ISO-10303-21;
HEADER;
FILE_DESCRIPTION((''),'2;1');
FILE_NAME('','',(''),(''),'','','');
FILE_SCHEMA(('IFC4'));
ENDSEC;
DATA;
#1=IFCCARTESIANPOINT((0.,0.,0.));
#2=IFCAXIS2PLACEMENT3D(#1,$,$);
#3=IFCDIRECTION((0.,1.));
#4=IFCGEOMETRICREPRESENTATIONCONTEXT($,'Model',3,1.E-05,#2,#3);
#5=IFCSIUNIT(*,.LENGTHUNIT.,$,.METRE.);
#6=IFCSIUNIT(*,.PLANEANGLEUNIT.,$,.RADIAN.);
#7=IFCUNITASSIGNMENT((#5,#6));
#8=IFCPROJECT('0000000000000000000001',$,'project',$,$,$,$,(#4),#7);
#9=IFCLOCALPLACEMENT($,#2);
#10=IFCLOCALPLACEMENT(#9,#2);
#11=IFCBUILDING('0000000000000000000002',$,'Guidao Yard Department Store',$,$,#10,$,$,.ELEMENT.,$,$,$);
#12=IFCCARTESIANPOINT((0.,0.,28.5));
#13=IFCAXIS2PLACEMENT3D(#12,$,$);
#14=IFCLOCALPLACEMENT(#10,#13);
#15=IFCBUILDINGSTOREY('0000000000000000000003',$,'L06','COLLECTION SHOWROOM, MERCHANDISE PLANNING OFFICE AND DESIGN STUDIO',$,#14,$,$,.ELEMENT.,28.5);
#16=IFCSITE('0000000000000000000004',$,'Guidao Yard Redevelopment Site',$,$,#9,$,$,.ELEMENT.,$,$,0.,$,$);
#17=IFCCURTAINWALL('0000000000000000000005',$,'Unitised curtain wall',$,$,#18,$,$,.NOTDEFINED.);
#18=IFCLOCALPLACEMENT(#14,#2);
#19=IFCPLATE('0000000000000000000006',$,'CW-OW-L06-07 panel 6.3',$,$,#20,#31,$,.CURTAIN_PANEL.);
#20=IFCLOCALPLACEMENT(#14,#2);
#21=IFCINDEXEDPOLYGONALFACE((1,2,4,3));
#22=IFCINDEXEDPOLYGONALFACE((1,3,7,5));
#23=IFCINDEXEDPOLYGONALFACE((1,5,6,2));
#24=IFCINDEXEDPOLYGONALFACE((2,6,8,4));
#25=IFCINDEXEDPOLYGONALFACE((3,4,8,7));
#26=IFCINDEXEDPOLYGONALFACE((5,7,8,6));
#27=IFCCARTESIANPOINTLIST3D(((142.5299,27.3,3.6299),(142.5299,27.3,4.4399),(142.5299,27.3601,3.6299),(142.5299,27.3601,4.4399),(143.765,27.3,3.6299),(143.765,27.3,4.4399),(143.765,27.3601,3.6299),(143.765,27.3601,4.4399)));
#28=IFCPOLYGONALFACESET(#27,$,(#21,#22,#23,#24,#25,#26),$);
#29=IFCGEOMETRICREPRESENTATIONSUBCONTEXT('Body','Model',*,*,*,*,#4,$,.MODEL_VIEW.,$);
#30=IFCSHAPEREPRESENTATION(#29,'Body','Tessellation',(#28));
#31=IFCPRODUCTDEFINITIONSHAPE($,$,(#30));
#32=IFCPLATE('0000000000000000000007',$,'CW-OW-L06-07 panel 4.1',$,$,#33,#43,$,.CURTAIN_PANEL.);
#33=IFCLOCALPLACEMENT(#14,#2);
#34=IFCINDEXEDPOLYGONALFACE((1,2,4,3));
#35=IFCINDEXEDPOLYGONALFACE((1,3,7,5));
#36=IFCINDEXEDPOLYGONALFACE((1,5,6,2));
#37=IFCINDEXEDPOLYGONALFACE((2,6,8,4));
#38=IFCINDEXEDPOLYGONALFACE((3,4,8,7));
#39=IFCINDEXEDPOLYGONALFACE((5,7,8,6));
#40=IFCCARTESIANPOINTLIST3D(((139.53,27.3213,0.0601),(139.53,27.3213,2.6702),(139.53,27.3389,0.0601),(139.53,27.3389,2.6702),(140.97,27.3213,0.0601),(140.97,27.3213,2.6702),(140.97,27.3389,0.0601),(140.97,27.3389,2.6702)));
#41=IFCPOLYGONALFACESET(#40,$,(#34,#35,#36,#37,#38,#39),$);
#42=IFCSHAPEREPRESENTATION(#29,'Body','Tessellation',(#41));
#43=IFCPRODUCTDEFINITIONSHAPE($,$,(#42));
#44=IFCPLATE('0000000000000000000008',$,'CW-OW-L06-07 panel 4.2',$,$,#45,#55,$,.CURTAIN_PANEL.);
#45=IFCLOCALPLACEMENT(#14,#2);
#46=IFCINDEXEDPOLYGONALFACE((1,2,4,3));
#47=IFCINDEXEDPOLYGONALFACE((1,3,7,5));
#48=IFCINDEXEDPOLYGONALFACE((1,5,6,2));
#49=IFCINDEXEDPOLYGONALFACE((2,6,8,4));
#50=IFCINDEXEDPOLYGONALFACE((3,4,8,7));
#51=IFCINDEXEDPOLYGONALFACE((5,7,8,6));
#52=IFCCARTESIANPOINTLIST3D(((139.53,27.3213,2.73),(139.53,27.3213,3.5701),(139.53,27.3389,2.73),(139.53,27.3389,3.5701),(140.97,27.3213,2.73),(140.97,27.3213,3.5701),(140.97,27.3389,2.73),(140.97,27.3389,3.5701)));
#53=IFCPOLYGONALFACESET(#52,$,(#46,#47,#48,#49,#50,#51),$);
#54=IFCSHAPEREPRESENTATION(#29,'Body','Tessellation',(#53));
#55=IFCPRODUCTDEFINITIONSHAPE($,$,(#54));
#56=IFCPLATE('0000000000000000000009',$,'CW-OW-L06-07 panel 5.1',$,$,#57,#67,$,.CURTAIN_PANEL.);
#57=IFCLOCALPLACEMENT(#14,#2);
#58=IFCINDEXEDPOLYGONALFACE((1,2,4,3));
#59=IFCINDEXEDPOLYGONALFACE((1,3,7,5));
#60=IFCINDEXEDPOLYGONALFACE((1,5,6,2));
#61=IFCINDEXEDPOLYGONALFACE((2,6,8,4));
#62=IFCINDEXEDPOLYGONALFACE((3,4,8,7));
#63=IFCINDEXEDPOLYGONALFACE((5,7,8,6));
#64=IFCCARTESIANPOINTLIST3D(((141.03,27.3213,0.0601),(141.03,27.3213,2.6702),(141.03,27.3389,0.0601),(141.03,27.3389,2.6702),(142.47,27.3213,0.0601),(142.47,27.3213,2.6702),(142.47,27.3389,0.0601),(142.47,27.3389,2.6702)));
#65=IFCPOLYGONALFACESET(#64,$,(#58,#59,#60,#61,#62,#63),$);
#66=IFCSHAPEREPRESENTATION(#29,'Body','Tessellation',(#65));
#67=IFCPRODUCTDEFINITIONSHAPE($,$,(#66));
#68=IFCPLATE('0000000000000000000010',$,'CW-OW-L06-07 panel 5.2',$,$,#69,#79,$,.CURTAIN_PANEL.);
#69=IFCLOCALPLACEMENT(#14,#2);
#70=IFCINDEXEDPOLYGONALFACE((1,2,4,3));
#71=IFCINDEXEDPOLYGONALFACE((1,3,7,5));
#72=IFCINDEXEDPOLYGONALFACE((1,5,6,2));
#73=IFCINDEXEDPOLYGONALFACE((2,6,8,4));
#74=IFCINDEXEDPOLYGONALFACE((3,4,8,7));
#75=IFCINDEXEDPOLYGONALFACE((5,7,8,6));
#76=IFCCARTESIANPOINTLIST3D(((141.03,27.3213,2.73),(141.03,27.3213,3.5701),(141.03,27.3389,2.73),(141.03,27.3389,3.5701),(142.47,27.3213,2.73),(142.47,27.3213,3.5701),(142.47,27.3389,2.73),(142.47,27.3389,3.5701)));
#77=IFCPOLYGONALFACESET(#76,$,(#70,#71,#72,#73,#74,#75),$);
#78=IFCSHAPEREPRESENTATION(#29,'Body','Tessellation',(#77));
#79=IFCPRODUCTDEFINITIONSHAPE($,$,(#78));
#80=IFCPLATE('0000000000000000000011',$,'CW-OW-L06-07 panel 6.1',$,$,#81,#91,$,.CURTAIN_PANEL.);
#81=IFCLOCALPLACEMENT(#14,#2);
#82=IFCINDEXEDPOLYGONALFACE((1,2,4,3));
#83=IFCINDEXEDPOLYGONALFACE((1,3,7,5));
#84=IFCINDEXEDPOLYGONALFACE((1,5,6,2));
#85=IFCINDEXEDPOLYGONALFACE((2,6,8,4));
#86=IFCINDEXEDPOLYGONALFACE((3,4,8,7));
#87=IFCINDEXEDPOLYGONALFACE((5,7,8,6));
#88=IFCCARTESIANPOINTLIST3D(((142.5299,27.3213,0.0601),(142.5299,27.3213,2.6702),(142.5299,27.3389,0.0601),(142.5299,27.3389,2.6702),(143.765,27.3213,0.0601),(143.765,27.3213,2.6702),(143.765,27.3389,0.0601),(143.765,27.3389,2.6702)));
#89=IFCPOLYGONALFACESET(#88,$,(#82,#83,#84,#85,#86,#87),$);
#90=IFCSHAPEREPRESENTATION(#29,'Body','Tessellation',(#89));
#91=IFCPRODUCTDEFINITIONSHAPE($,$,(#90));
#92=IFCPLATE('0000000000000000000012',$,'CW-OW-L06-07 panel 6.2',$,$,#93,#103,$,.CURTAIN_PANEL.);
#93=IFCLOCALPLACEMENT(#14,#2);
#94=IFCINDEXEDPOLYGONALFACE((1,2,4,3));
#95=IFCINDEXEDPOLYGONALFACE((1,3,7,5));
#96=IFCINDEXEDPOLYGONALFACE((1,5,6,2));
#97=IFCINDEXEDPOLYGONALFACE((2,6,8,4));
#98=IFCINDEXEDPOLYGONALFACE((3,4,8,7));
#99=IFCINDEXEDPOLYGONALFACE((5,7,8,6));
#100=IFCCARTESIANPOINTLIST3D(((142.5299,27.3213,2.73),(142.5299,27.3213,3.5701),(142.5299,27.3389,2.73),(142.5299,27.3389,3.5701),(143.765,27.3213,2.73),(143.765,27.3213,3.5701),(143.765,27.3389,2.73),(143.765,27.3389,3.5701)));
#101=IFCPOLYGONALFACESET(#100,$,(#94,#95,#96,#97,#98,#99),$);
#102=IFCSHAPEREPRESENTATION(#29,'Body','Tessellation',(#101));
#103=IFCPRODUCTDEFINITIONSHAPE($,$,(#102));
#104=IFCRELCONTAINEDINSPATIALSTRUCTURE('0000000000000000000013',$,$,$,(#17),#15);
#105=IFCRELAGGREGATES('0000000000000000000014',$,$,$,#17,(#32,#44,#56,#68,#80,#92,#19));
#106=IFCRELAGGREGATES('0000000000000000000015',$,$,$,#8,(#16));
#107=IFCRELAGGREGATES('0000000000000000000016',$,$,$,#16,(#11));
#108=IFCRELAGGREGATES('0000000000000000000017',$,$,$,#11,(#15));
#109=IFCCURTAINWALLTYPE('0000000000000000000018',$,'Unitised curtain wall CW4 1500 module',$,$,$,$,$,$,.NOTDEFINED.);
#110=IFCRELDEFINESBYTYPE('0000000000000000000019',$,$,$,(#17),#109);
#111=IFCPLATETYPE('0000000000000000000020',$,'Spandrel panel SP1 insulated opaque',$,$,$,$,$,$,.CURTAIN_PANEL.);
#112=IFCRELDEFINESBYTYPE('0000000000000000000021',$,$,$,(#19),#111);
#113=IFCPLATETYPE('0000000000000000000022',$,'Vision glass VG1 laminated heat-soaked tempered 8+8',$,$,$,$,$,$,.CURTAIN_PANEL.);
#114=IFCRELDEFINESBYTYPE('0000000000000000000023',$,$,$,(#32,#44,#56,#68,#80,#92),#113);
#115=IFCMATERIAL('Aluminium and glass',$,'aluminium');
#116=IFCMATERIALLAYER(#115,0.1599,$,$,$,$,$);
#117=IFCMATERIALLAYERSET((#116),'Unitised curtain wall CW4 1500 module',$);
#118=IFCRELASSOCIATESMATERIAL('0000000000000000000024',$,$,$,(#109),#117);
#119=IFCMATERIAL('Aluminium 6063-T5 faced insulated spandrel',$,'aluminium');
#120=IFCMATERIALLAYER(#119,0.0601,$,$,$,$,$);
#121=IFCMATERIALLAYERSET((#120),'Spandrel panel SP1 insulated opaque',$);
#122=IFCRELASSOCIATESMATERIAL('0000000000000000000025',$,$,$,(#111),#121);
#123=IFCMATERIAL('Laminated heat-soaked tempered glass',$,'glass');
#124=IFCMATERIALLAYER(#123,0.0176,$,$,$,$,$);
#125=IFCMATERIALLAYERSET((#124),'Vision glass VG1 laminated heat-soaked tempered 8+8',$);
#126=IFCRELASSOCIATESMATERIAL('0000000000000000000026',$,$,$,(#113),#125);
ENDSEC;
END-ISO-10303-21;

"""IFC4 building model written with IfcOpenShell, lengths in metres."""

from ifc_helpers import new_model, si_unit, direction, frame, origin, origin_2d, place, context, subcontext, project, spatial, rectangle, extrude, material, layer, layer_set, type_object, element, aggregate, save


model = new_model("IFC4")

# Units and contexts
model_context = context("Model", 3, precision=1e-05, world=origin(), true_north=direction((0.0, 1.0)))
body_context = subcontext(model_context, "Body", "Model", "MODEL_VIEW")
ifc_project = project(units=[si_unit("LENGTHUNIT", "METRE"), si_unit("PLANEANGLEUNIT", "RADIAN")], contexts=[model_context])

# Site, building, storey
site_placement = place(None, origin())
site = spatial("IfcSite", under=ifc_project, at=site_placement, Name="Guidao Yard Redevelopment Site", CompositionType="ELEMENT", RefElevation=0.0)
building_placement = place(site_placement, origin())
building = spatial("IfcBuilding", under=site, at=building_placement, Name="Guidao Yard Department Store", CompositionType="ELEMENT")
storey_placement = place(building_placement, frame((0.0, 0.0, 28.5)))
storey = spatial("IfcBuildingStorey", under=building, at=storey_placement, Name="L06", Description="COLLECTION SHOWROOM, MERCHANDISE PLANNING OFFICE AND DESIGN STUDIO", CompositionType="ELEMENT", Elevation=28.5)

# Curtain wall, plates
ifc_material_1 = material(Name="Aluminium and glass", Category="aluminium")
ifc_layer_1 = layer(ifc_material_1, 0.1599)
ifc_layer_set_1 = layer_set([ifc_layer_1], Name="Unitised curtain wall CW4 1500 module")
curtain_wall_type = type_object("IfcCurtainWallType", Name="Unitised curtain wall CW4 1500 module", PredefinedType="NOTDEFINED", material=ifc_layer_set_1)
curtain_wall_placement = place(storey_placement, origin())
curtain_wall = element("IfcCurtainWall", 1, at=curtain_wall_placement, inside=storey, type_object=curtain_wall_type, Name="Unitised curtain wall", PredefinedType="NOTDEFINED")
ifc_material_2 = material(Name="Aluminium 6063-T5 faced insulated spandrel", Category="aluminium")
ifc_layer_2 = layer(ifc_material_2, 0.0601)
ifc_layer_set_2 = layer_set([ifc_layer_2], Name="Spandrel panel SP1 insulated opaque")
plate_type_1 = type_object("IfcPlateType", Name="Spandrel panel SP1 insulated opaque", PredefinedType="CURTAIN_PANEL", material=ifc_layer_set_2)
plate_1_placement = place(storey_placement, frame((143.1475, 27.3301, 3.6299), z_axis=(0.0, 0.0, 1.0), x_axis=(1.0, 0.0, 0.0)))
plate_1 = element("IfcPlate", 2, at=plate_1_placement, type_object=plate_type_1, Name="CW-OW-L06-07 panel 6.3", PredefinedType="CURTAIN_PANEL", context=body_context, shape_type="SweptSolid", body=[
    extrude(rectangle(XDim=1.2351, YDim=0.0601, at=origin_2d()), origin(), (0.0, 0.0, 1.0), 0.8101),
])
ifc_material_3 = material(Name="Laminated heat-soaked tempered glass", Category="glass")
ifc_layer_3 = layer(ifc_material_3, 0.0176)
ifc_layer_set_3 = layer_set([ifc_layer_3], Name="Vision glass VG1 laminated heat-soaked tempered 8+8")
plate_type_2 = type_object("IfcPlateType", Name="Vision glass VG1 laminated heat-soaked tempered 8+8", PredefinedType="CURTAIN_PANEL", material=ifc_layer_set_3)
plate_2_placement = place(storey_placement, frame((140.25, 27.3301, 0.0601), z_axis=(0.0, 0.0, 1.0), x_axis=(1.0, 0.0, 0.0)))
plate_2 = element("IfcPlate", 3, at=plate_2_placement, type_object=plate_type_2, Name="CW-OW-L06-07 panel 4.1", PredefinedType="CURTAIN_PANEL", context=body_context, shape_type="SweptSolid", body=[
    extrude(rectangle(XDim=1.4399, YDim=0.0176, at=origin_2d()), origin(), (0.0, 0.0, 1.0), 2.6101),
])
plate_3_placement = place(storey_placement, frame((140.25, 27.3301, 2.73), z_axis=(0.0, 0.0, 1.0), x_axis=(1.0, 0.0, 0.0)))
plate_3 = element("IfcPlate", 4, at=plate_3_placement, type_object=plate_type_2, Name="CW-OW-L06-07 panel 4.2", PredefinedType="CURTAIN_PANEL", context=body_context, shape_type="SweptSolid", body=[
    extrude(rectangle(XDim=1.4399, YDim=0.0176, at=origin_2d()), origin(), (0.0, 0.0, 1.0), 0.8401),
])
plate_4_placement = place(storey_placement, frame((141.75, 27.3301, 0.0601), z_axis=(0.0, 0.0, 1.0), x_axis=(1.0, 0.0, 0.0)))
plate_4 = element("IfcPlate", 5, at=plate_4_placement, type_object=plate_type_2, Name="CW-OW-L06-07 panel 5.1", PredefinedType="CURTAIN_PANEL", context=body_context, shape_type="SweptSolid", body=[
    extrude(rectangle(XDim=1.4399, YDim=0.0176, at=origin_2d()), origin(), (0.0, 0.0, 1.0), 2.6101),
])
plate_5_placement = place(storey_placement, frame((141.75, 27.3301, 2.73), z_axis=(0.0, 0.0, 1.0), x_axis=(1.0, 0.0, 0.0)))
plate_5 = element("IfcPlate", 6, at=plate_5_placement, type_object=plate_type_2, Name="CW-OW-L06-07 panel 5.2", PredefinedType="CURTAIN_PANEL", context=body_context, shape_type="SweptSolid", body=[
    extrude(rectangle(XDim=1.4399, YDim=0.0176, at=origin_2d()), origin(), (0.0, 0.0, 1.0), 0.8401),
])
plate_6_placement = place(storey_placement, frame((143.1475, 27.3301, 0.0601), z_axis=(0.0, 0.0, 1.0), x_axis=(1.0, 0.0, 0.0)))
plate_6 = element("IfcPlate", 7, at=plate_6_placement, type_object=plate_type_2, Name="CW-OW-L06-07 panel 6.1", PredefinedType="CURTAIN_PANEL", context=body_context, shape_type="SweptSolid", body=[
    extrude(rectangle(XDim=1.2351, YDim=0.0176, at=origin_2d()), origin(), (0.0, 0.0, 1.0), 2.6101),
])
plate_7_placement = place(storey_placement, frame((143.1475, 27.3301, 2.73), z_axis=(0.0, 0.0, 1.0), x_axis=(1.0, 0.0, 0.0)))
plate_7 = element("IfcPlate", 8, at=plate_7_placement, type_object=plate_type_2, Name="CW-OW-L06-07 panel 6.2", PredefinedType="CURTAIN_PANEL", context=body_context, shape_type="SweptSolid", body=[
    extrude(rectangle(XDim=1.2351, YDim=0.0176, at=origin_2d()), origin(), (0.0, 0.0, 1.0), 0.8401),
])
aggregate(curtain_wall, [plate_2, plate_3, plate_4, plate_5, plate_6, plate_7, plate_1])

save(model, "model.ifc")
